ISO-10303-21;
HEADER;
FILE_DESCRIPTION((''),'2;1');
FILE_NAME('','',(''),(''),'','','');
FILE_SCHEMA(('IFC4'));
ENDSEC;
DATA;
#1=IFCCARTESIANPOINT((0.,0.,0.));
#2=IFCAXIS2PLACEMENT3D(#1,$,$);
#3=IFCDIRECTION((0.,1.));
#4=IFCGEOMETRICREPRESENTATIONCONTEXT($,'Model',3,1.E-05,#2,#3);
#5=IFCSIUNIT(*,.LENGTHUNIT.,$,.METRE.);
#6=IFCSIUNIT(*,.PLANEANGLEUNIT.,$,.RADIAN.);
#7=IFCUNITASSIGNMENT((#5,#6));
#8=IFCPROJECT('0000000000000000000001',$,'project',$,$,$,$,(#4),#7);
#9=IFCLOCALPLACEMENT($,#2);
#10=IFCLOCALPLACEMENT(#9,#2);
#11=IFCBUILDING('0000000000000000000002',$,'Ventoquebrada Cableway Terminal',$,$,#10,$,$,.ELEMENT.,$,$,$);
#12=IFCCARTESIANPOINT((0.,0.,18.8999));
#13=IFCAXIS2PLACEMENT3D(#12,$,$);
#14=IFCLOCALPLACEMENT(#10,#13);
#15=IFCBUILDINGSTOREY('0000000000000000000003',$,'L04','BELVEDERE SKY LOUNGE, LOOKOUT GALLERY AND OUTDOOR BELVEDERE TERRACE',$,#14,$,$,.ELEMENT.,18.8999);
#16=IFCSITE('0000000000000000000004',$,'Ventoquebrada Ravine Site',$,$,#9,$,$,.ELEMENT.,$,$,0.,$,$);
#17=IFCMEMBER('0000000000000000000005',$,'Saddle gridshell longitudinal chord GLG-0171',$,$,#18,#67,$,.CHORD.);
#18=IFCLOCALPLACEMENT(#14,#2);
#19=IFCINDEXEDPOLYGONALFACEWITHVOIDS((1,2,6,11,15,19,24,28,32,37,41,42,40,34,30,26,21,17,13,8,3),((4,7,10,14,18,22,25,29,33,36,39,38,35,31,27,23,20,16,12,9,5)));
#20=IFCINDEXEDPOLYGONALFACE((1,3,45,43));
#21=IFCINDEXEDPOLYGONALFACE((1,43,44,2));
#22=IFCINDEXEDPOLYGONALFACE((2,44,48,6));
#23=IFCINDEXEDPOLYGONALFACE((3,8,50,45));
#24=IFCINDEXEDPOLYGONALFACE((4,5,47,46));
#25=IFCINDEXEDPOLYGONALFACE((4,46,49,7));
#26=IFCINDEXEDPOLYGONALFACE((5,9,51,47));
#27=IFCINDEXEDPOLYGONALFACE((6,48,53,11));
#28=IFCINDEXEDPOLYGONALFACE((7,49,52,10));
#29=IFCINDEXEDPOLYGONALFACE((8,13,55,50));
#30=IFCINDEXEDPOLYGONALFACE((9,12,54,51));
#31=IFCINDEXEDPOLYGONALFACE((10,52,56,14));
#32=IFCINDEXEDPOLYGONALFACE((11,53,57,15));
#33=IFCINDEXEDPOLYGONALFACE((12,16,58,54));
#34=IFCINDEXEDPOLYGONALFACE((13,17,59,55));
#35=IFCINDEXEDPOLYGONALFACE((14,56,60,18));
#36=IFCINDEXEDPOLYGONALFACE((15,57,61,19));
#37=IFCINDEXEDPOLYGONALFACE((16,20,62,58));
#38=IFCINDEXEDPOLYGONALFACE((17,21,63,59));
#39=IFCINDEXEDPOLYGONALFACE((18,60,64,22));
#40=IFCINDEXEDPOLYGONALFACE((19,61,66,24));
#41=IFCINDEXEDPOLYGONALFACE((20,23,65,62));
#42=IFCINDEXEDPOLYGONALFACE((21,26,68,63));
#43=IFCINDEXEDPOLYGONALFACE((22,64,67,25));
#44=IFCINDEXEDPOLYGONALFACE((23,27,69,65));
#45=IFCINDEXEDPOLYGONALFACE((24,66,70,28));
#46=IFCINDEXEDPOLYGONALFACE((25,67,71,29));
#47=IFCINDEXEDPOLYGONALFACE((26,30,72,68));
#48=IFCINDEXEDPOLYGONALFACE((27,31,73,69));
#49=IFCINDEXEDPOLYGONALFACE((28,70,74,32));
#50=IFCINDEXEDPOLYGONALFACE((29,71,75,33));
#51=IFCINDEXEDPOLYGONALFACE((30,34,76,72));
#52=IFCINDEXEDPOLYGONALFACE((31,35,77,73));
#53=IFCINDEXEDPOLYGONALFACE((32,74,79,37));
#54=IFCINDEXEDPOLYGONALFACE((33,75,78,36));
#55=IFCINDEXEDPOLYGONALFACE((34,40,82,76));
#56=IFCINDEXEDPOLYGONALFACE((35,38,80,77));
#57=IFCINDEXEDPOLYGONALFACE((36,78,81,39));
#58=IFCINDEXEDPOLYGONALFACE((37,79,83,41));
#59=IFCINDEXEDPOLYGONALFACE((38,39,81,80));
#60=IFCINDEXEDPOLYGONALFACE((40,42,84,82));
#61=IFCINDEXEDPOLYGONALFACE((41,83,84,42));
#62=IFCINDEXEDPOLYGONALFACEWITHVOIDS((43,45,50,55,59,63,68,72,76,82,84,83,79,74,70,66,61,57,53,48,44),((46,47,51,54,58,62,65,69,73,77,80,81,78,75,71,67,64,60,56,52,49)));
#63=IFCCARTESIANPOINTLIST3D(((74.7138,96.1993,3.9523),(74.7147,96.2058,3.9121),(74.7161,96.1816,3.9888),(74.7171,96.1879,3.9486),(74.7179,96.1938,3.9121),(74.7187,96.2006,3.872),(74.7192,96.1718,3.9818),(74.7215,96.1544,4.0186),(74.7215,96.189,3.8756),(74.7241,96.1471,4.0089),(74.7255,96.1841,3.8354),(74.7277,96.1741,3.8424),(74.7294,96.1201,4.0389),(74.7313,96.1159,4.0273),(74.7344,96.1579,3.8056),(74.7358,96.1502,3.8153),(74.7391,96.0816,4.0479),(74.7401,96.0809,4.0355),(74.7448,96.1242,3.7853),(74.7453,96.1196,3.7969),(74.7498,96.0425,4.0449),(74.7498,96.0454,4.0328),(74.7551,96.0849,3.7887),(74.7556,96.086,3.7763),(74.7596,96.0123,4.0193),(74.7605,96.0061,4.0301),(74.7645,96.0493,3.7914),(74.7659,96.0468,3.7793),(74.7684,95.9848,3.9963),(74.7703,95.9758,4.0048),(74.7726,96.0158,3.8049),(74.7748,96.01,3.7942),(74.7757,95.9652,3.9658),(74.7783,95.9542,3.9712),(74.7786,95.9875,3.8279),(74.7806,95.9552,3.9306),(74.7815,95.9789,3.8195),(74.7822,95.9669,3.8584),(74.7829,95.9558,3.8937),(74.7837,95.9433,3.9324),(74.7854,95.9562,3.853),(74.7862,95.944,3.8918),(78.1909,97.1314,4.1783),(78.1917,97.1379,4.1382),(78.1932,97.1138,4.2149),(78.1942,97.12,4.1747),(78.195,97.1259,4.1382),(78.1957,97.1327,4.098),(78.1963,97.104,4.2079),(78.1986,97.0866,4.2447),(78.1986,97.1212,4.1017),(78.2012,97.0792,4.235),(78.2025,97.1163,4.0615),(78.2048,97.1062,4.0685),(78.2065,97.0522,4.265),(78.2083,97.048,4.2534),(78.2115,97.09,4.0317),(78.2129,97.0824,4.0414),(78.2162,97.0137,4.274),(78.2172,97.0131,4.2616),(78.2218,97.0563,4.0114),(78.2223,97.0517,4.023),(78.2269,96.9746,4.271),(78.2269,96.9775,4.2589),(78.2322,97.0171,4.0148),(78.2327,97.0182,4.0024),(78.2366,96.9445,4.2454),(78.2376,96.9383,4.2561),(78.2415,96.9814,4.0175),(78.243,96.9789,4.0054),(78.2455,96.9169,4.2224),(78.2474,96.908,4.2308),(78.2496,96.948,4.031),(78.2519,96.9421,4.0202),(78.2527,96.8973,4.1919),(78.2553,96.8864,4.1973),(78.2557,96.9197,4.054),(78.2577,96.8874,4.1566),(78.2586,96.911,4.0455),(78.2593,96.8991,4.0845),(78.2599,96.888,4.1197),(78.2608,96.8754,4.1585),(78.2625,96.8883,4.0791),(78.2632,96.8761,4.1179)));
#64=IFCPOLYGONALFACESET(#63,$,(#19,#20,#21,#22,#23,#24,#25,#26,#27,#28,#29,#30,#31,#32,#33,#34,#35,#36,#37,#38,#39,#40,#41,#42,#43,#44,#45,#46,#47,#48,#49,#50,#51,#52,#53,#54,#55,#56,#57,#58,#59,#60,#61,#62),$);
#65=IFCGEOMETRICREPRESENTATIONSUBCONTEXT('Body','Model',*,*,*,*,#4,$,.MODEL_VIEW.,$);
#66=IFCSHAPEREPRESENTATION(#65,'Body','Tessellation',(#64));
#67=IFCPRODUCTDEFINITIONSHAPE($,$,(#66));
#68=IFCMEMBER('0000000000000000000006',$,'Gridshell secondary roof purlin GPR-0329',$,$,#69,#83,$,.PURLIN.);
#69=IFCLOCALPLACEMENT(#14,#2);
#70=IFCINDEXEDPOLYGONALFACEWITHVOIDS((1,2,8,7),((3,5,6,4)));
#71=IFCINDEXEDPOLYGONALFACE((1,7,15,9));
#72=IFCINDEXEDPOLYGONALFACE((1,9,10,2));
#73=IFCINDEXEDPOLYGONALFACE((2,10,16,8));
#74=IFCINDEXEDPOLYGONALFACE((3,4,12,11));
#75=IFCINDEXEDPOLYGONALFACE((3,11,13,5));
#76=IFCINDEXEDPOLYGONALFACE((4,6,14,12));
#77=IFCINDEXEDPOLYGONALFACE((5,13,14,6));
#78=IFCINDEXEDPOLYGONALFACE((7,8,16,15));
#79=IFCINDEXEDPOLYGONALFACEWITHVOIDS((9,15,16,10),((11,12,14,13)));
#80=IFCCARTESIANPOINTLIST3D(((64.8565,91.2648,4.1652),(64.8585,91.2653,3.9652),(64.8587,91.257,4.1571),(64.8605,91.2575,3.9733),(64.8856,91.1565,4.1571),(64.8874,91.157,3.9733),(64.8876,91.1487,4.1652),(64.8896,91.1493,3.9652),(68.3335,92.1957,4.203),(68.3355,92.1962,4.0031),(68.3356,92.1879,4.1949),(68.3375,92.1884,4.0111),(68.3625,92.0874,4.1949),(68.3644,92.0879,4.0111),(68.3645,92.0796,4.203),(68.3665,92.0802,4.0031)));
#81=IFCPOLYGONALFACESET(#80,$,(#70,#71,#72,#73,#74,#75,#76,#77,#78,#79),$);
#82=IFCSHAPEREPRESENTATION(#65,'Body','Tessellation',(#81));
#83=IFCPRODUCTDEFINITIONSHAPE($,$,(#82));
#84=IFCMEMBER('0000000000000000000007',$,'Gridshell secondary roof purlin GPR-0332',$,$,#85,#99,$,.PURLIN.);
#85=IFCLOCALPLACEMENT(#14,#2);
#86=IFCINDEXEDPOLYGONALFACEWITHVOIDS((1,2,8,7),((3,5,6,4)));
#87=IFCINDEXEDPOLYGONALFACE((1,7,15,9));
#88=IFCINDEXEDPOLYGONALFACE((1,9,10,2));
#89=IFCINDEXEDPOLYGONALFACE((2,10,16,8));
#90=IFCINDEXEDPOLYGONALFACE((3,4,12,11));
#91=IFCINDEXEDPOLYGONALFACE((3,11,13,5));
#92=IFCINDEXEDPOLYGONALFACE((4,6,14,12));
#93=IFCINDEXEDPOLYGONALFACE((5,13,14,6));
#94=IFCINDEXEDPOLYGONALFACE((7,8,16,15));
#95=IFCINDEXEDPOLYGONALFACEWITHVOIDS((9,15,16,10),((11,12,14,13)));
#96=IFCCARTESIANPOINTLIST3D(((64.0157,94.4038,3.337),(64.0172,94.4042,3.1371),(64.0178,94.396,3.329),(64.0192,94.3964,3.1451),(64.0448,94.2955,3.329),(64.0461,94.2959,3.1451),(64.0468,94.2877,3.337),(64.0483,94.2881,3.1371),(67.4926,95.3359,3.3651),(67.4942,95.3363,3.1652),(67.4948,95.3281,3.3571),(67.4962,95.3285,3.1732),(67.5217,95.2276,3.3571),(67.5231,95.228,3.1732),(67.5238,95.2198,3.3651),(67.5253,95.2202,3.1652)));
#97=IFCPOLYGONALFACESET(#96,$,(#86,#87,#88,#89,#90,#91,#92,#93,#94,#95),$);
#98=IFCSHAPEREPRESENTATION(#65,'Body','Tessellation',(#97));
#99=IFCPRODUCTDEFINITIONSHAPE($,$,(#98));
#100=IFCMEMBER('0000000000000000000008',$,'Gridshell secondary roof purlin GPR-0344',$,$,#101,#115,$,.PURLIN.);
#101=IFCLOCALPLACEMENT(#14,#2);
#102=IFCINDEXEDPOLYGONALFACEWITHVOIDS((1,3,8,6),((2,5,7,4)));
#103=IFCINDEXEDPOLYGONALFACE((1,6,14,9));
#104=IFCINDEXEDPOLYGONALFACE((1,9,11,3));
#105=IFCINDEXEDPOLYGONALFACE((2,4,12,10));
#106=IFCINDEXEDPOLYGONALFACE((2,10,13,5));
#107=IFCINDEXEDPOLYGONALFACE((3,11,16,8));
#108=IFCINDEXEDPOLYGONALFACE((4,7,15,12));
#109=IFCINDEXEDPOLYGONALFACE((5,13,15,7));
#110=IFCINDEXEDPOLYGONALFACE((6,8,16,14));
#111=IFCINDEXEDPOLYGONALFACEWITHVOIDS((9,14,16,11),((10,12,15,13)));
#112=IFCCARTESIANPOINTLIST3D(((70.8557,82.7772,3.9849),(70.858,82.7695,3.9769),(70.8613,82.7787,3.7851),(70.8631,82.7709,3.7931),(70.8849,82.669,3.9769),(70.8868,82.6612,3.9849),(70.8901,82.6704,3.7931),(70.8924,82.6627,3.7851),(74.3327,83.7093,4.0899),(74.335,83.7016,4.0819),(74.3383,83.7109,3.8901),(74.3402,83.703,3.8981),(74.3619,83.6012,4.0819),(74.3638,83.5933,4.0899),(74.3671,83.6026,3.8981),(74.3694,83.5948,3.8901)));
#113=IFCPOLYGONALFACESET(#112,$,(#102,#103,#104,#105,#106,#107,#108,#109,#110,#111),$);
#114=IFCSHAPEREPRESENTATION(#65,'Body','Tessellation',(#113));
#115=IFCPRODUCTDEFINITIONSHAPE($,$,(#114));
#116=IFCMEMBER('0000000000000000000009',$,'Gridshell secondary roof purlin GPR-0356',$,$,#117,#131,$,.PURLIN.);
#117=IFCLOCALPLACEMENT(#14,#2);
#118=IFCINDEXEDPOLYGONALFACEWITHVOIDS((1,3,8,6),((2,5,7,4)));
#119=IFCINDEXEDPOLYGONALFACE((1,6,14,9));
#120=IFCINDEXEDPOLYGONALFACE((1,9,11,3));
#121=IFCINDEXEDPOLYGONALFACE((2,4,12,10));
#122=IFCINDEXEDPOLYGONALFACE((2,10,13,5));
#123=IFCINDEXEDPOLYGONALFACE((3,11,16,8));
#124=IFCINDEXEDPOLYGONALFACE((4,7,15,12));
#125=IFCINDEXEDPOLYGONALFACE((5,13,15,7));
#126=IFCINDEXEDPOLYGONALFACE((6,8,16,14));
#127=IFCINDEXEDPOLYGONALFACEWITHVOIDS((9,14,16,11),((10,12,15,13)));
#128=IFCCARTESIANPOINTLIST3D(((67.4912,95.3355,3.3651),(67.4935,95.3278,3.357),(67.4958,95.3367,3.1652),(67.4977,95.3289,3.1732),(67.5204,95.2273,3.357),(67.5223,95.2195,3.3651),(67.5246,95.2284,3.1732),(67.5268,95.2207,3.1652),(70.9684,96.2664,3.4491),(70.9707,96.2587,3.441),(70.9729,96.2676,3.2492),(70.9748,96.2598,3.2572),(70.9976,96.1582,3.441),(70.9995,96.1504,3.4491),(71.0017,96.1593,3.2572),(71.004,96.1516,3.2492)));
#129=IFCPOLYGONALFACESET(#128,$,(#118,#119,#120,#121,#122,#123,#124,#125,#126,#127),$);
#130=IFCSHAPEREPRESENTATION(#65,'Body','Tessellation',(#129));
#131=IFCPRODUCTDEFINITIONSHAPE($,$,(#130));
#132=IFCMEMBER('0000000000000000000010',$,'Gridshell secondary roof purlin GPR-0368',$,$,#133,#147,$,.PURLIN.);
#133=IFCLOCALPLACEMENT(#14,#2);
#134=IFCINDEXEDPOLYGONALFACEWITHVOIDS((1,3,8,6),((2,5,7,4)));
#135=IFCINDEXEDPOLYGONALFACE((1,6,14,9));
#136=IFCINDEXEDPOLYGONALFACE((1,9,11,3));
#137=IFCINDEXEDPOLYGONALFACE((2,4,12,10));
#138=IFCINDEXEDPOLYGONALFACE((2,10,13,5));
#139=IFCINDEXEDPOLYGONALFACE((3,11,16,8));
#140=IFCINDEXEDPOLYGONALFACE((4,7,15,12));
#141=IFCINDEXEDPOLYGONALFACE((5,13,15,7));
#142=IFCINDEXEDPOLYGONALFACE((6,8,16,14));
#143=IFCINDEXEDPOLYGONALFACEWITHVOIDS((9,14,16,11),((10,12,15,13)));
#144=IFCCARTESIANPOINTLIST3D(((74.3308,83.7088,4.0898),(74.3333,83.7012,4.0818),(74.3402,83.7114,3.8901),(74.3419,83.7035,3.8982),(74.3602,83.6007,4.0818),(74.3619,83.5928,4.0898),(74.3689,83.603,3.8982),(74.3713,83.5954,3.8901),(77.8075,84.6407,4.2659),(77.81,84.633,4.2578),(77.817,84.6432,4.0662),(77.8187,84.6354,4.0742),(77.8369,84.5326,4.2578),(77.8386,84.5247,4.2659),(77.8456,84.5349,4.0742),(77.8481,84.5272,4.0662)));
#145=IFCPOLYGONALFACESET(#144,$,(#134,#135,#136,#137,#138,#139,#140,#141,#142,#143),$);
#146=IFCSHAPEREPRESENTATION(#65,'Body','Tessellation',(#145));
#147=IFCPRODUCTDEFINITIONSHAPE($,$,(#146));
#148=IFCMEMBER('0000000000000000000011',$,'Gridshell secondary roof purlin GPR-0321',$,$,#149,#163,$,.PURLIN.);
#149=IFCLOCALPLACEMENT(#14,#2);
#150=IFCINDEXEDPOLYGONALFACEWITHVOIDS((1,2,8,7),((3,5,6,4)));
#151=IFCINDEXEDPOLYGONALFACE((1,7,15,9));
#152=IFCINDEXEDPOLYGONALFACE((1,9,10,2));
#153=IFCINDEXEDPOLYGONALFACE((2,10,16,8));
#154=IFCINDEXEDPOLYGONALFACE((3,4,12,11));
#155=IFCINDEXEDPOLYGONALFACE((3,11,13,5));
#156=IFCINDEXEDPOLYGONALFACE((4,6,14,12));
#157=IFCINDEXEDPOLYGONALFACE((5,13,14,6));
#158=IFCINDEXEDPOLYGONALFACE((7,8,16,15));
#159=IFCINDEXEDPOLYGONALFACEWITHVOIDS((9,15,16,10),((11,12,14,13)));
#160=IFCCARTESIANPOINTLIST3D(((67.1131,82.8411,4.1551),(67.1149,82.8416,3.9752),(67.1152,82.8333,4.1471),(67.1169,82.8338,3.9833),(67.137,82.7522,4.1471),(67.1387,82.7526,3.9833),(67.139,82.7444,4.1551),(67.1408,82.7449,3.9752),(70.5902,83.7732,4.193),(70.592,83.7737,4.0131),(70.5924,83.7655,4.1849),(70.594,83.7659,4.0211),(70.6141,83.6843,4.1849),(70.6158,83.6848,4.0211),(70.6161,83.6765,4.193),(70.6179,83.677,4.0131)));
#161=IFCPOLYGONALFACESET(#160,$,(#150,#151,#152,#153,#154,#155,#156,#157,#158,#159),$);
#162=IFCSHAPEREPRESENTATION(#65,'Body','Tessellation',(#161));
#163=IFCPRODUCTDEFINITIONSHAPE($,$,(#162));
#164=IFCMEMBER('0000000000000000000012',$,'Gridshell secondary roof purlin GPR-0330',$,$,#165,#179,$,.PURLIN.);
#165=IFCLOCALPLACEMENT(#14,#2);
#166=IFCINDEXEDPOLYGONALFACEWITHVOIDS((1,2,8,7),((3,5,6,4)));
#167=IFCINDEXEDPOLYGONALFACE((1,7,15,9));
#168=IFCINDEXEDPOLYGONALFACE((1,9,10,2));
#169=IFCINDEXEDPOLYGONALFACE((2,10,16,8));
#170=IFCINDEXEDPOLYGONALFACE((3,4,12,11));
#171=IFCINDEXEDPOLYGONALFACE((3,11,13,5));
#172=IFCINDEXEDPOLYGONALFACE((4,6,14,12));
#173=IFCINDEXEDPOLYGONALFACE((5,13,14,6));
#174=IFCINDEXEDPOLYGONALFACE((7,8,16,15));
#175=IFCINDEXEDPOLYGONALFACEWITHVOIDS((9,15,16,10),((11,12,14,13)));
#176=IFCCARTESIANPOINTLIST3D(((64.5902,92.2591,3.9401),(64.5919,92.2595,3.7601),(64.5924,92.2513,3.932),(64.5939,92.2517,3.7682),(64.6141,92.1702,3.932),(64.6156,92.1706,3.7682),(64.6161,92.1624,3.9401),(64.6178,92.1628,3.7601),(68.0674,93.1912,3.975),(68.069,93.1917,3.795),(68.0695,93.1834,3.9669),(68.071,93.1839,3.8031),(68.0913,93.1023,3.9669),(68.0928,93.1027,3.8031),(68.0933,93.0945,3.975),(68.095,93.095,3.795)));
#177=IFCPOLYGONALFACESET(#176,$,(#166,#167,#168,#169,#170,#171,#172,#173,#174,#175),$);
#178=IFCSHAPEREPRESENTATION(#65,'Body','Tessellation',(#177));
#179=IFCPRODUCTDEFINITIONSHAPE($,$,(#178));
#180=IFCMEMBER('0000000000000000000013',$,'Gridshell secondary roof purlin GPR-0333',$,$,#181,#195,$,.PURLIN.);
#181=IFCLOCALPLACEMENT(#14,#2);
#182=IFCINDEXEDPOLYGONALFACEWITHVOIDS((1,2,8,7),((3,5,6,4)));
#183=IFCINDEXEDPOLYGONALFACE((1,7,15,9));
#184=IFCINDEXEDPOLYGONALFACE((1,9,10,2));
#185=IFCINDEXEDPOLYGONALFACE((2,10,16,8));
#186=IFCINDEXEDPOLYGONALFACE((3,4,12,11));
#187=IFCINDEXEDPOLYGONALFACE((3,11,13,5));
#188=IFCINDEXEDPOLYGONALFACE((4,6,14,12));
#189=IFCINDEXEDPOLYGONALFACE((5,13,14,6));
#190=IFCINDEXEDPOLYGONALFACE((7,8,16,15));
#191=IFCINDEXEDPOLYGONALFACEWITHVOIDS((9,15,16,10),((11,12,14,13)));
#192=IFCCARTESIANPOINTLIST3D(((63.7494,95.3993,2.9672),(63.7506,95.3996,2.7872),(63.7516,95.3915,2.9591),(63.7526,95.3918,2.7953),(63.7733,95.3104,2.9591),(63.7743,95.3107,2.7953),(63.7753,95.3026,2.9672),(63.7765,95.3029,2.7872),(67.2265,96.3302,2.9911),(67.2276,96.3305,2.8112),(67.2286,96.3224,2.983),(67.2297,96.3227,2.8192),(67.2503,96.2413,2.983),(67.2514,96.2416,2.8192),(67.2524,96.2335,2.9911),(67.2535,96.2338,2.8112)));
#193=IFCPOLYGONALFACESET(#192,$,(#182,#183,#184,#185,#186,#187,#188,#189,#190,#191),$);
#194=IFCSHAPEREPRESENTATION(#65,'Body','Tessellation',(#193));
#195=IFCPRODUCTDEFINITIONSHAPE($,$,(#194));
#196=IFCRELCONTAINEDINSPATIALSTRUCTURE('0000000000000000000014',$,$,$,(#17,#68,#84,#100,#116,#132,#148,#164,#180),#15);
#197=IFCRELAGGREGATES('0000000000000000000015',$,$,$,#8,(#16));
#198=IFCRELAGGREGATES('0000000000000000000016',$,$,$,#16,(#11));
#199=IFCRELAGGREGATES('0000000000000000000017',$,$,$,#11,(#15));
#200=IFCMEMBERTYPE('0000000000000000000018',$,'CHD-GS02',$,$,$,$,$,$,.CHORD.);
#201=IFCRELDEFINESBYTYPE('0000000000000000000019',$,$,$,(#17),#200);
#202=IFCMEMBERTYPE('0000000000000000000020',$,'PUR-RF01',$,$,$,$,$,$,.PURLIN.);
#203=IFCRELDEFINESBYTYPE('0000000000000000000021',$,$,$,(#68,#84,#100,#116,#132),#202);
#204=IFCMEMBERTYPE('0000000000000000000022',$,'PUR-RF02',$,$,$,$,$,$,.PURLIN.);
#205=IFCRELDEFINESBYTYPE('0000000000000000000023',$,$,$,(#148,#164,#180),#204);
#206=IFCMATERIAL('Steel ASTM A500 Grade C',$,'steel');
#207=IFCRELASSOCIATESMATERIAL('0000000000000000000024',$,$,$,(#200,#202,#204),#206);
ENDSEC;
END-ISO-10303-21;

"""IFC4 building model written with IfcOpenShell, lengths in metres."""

from ifc_helpers import new_model, si_unit, direction, frame, origin, origin_2d, place, context, subcontext, project, spatial, hollow_rectangle, hollow_circle, extrude, material, material_profile, profile_set, type_object, element, save


model = new_model("IFC4")

# Units and contexts
model_context = context("Model", 3, precision=1e-05, world=origin(), true_north=direction((0.0, 1.0)))
body_context = subcontext(model_context, "Body", "Model", "MODEL_VIEW")
ifc_project = project(units=[si_unit("LENGTHUNIT", "METRE"), si_unit("PLANEANGLEUNIT", "RADIAN")], contexts=[model_context])

# Site, building, storey
site_placement = place(None, origin())
site = spatial("IfcSite", under=ifc_project, at=site_placement, Name="Ventoquebrada Ravine Site", CompositionType="ELEMENT", RefElevation=0.0)
building_placement = place(site_placement, origin())
building = spatial("IfcBuilding", under=site, at=building_placement, Name="Ventoquebrada Cableway Terminal", CompositionType="ELEMENT")
storey_placement = place(building_placement, frame((0.0, 0.0, 18.8999)))
storey = spatial("IfcBuildingStorey", under=building, at=storey_placement, Name="L04", Description="BELVEDERE SKY LOUNGE, LOOKOUT GALLERY AND OUTDOOR BELVEDERE TERRACE", CompositionType="ELEMENT", Elevation=18.8999)

# Members
ifc_material_1 = material(Name="Steel ASTM A500 Grade C", Category="steel")
ifc_material_profile_1 = material_profile(ifc_material_1, hollow_circle(Radius=0.1365, WallThickness=0.0125, at=origin_2d()), Name="CHS273.0X12.5")
ifc_profile_set_1 = profile_set([ifc_material_profile_1], Name="Steel ASTM A500 Grade C")
member_type_1 = type_object("IfcMemberType", Name="CHD-GS02", PredefinedType="CHORD", material=ifc_profile_set_1)
member_1_placement = place(storey_placement, frame((74.75, 96.074, 3.9121), z_axis=(0.963995, 0.258428, 0.062678), x_axis=(-0.258937, 0.965894, 0.0)))
element("IfcMember", 1, at=member_1_placement, inside=storey, type_object=member_type_1, Name="Saddle gridshell longitudinal chord GLG-0171", PredefinedType="CHORD", context=body_context, shape_type="SweptSolid", body=[
    extrude(hollow_circle(Radius=0.1365, WallThickness=0.0125, at=origin_2d()), origin(), (0.0, 0.0, 1.0), 3.6069),
])
ifc_material_profile_2 = material_profile(ifc_material_1, hollow_rectangle(XDim=0.1201, YDim=0.2, WallThickness=0.0081, at=origin_2d()), Name="RHS200X120X8")
ifc_profile_set_2 = profile_set([ifc_material_profile_2], Name="Steel ASTM A500 Grade C")
member_type_2 = type_object("IfcMemberType", Name="PUR-RF01", PredefinedType="PURLIN", material=ifc_profile_set_2)
member_2_placement = place(storey_placement, frame((64.873, 91.207, 4.0652), z_axis=(0.965926, 0.258607, 0.010512), x_axis=(-0.258621, 0.965979, 0.0)))
element("IfcMember", 2, at=member_2_placement, inside=storey, type_object=member_type_2, Name="Gridshell secondary roof purlin GPR-0329", PredefinedType="PURLIN", context=body_context, shape_type="SweptSolid", body=[
    extrude(hollow_rectangle(XDim=0.1201, YDim=0.2, WallThickness=0.0081, at=origin_2d()), origin(), (0.0, 0.0, 1.0), 3.5996),
])
member_3_placement = place(storey_placement, frame((64.032, 94.3459, 3.2371), z_axis=(0.965865, 0.258929, 0.007799), x_axis=(-0.258937, 0.965894, 0.0)))
element("IfcMember", 3, at=member_3_placement, inside=storey, type_object=member_type_2, Name="Gridshell secondary roof purlin GPR-0332", PredefinedType="PURLIN", context=body_context, shape_type="SweptSolid", body=[
    extrude(hollow_rectangle(XDim=0.1201, YDim=0.2, WallThickness=0.0081, at=origin_2d()), origin(), (0.0, 0.0, 1.0), 3.5999),
])
member_4_placement = place(storey_placement, frame((70.874, 82.72, 3.885), z_axis=(0.965484, 0.258827, 0.02915), x_axis=(-0.258937, 0.965894, 0.0)))
element("IfcMember", 4, at=member_4_placement, inside=storey, type_object=member_type_2, Name="Gridshell secondary roof purlin GPR-0344", PredefinedType="PURLIN", context=body_context, shape_type="SweptSolid", body=[
    extrude(hollow_rectangle(XDim=0.1201, YDim=0.2, WallThickness=0.0081, at=origin_2d()), origin(), (0.0, 0.0, 1.0), 3.6013),
])
member_5_placement = place(storey_placement, frame((67.509, 95.2781, 3.2651), z_axis=(0.965716, 0.25855, 0.023326), x_axis=(-0.258621, 0.965979, 0.0)))
element("IfcMember", 5, at=member_5_placement, inside=storey, type_object=member_type_2, Name="Gridshell secondary roof purlin GPR-0356", PredefinedType="PURLIN", context=body_context, shape_type="SweptSolid", body=[
    extrude(hollow_rectangle(XDim=0.1201, YDim=0.2, WallThickness=0.0081, at=origin_2d()), origin(), (0.0, 0.0, 1.0), 3.6006),
])
member_6_placement = place(storey_placement, frame((74.3511, 83.6521, 3.99), z_axis=(0.964754, 0.258582, 0.048844), x_axis=(-0.258891, 0.965907, 0.0)))
element("IfcMember", 6, at=member_6_placement, inside=storey, type_object=member_type_2, Name="Gridshell secondary roof purlin GPR-0368", PredefinedType="PURLIN", context=body_context, shape_type="SweptSolid", body=[
    extrude(hollow_rectangle(XDim=0.1201, YDim=0.2, WallThickness=0.0081, at=origin_2d()), origin(), (0.0, 0.0, 1.0), 3.6038),
])
ifc_material_profile_3 = material_profile(ifc_material_1, hollow_rectangle(XDim=0.1001, YDim=0.1799, WallThickness=0.0081, at=origin_2d()), Name="RHS180X100X8")
ifc_profile_set_3 = profile_set([ifc_material_profile_3], Name="Steel ASTM A500 Grade C")
member_type_3 = type_object("IfcMemberType", Name="PUR-RF02", PredefinedType="PURLIN", material=ifc_profile_set_3)
for number, where, z_axis, x_axis, name in (
    (7, (67.127, 82.793, 4.0652), (0.965841, 0.258923, 0.010512), (-0.258937, 0.965894, 0.0), "Gridshell secondary roof purlin GPR-0321"),
    (8, (64.604, 92.2109, 3.8501), (0.965849, 0.258925, 0.009698), (-0.258937, 0.965894, 0.0), "Gridshell secondary roof purlin GPR-0330"),
):
    element("IfcMember", number, at=place(storey_placement, frame(where, z_axis=z_axis, x_axis=x_axis)), inside=storey, type_object=member_type_3, Name=name, PredefinedType="PURLIN", context=body_context, shape_type="SweptSolid", body=[
        extrude(hollow_rectangle(XDim=0.1001, YDim=0.1799, WallThickness=0.0081, at=origin_2d()), origin(), (0.0, 0.0, 1.0), 3.6001),
    ])
member_7_placement = place(storey_placement, frame((63.7629, 95.3511, 2.8772), z_axis=(0.965958, 0.258615, 0.006647), x_axis=(-0.258621, 0.965979, 0.0)))
element("IfcMember", 9, at=member_7_placement, inside=storey, type_object=member_type_3, Name="Gridshell secondary roof purlin GPR-0333", PredefinedType="PURLIN", context=body_context, shape_type="SweptSolid", body=[
    extrude(hollow_rectangle(XDim=0.1001, YDim=0.1799, WallThickness=0.0081, at=origin_2d()), origin(), (0.0, 0.0, 1.0), 3.5996),
])

save(model, "model.ifc")
